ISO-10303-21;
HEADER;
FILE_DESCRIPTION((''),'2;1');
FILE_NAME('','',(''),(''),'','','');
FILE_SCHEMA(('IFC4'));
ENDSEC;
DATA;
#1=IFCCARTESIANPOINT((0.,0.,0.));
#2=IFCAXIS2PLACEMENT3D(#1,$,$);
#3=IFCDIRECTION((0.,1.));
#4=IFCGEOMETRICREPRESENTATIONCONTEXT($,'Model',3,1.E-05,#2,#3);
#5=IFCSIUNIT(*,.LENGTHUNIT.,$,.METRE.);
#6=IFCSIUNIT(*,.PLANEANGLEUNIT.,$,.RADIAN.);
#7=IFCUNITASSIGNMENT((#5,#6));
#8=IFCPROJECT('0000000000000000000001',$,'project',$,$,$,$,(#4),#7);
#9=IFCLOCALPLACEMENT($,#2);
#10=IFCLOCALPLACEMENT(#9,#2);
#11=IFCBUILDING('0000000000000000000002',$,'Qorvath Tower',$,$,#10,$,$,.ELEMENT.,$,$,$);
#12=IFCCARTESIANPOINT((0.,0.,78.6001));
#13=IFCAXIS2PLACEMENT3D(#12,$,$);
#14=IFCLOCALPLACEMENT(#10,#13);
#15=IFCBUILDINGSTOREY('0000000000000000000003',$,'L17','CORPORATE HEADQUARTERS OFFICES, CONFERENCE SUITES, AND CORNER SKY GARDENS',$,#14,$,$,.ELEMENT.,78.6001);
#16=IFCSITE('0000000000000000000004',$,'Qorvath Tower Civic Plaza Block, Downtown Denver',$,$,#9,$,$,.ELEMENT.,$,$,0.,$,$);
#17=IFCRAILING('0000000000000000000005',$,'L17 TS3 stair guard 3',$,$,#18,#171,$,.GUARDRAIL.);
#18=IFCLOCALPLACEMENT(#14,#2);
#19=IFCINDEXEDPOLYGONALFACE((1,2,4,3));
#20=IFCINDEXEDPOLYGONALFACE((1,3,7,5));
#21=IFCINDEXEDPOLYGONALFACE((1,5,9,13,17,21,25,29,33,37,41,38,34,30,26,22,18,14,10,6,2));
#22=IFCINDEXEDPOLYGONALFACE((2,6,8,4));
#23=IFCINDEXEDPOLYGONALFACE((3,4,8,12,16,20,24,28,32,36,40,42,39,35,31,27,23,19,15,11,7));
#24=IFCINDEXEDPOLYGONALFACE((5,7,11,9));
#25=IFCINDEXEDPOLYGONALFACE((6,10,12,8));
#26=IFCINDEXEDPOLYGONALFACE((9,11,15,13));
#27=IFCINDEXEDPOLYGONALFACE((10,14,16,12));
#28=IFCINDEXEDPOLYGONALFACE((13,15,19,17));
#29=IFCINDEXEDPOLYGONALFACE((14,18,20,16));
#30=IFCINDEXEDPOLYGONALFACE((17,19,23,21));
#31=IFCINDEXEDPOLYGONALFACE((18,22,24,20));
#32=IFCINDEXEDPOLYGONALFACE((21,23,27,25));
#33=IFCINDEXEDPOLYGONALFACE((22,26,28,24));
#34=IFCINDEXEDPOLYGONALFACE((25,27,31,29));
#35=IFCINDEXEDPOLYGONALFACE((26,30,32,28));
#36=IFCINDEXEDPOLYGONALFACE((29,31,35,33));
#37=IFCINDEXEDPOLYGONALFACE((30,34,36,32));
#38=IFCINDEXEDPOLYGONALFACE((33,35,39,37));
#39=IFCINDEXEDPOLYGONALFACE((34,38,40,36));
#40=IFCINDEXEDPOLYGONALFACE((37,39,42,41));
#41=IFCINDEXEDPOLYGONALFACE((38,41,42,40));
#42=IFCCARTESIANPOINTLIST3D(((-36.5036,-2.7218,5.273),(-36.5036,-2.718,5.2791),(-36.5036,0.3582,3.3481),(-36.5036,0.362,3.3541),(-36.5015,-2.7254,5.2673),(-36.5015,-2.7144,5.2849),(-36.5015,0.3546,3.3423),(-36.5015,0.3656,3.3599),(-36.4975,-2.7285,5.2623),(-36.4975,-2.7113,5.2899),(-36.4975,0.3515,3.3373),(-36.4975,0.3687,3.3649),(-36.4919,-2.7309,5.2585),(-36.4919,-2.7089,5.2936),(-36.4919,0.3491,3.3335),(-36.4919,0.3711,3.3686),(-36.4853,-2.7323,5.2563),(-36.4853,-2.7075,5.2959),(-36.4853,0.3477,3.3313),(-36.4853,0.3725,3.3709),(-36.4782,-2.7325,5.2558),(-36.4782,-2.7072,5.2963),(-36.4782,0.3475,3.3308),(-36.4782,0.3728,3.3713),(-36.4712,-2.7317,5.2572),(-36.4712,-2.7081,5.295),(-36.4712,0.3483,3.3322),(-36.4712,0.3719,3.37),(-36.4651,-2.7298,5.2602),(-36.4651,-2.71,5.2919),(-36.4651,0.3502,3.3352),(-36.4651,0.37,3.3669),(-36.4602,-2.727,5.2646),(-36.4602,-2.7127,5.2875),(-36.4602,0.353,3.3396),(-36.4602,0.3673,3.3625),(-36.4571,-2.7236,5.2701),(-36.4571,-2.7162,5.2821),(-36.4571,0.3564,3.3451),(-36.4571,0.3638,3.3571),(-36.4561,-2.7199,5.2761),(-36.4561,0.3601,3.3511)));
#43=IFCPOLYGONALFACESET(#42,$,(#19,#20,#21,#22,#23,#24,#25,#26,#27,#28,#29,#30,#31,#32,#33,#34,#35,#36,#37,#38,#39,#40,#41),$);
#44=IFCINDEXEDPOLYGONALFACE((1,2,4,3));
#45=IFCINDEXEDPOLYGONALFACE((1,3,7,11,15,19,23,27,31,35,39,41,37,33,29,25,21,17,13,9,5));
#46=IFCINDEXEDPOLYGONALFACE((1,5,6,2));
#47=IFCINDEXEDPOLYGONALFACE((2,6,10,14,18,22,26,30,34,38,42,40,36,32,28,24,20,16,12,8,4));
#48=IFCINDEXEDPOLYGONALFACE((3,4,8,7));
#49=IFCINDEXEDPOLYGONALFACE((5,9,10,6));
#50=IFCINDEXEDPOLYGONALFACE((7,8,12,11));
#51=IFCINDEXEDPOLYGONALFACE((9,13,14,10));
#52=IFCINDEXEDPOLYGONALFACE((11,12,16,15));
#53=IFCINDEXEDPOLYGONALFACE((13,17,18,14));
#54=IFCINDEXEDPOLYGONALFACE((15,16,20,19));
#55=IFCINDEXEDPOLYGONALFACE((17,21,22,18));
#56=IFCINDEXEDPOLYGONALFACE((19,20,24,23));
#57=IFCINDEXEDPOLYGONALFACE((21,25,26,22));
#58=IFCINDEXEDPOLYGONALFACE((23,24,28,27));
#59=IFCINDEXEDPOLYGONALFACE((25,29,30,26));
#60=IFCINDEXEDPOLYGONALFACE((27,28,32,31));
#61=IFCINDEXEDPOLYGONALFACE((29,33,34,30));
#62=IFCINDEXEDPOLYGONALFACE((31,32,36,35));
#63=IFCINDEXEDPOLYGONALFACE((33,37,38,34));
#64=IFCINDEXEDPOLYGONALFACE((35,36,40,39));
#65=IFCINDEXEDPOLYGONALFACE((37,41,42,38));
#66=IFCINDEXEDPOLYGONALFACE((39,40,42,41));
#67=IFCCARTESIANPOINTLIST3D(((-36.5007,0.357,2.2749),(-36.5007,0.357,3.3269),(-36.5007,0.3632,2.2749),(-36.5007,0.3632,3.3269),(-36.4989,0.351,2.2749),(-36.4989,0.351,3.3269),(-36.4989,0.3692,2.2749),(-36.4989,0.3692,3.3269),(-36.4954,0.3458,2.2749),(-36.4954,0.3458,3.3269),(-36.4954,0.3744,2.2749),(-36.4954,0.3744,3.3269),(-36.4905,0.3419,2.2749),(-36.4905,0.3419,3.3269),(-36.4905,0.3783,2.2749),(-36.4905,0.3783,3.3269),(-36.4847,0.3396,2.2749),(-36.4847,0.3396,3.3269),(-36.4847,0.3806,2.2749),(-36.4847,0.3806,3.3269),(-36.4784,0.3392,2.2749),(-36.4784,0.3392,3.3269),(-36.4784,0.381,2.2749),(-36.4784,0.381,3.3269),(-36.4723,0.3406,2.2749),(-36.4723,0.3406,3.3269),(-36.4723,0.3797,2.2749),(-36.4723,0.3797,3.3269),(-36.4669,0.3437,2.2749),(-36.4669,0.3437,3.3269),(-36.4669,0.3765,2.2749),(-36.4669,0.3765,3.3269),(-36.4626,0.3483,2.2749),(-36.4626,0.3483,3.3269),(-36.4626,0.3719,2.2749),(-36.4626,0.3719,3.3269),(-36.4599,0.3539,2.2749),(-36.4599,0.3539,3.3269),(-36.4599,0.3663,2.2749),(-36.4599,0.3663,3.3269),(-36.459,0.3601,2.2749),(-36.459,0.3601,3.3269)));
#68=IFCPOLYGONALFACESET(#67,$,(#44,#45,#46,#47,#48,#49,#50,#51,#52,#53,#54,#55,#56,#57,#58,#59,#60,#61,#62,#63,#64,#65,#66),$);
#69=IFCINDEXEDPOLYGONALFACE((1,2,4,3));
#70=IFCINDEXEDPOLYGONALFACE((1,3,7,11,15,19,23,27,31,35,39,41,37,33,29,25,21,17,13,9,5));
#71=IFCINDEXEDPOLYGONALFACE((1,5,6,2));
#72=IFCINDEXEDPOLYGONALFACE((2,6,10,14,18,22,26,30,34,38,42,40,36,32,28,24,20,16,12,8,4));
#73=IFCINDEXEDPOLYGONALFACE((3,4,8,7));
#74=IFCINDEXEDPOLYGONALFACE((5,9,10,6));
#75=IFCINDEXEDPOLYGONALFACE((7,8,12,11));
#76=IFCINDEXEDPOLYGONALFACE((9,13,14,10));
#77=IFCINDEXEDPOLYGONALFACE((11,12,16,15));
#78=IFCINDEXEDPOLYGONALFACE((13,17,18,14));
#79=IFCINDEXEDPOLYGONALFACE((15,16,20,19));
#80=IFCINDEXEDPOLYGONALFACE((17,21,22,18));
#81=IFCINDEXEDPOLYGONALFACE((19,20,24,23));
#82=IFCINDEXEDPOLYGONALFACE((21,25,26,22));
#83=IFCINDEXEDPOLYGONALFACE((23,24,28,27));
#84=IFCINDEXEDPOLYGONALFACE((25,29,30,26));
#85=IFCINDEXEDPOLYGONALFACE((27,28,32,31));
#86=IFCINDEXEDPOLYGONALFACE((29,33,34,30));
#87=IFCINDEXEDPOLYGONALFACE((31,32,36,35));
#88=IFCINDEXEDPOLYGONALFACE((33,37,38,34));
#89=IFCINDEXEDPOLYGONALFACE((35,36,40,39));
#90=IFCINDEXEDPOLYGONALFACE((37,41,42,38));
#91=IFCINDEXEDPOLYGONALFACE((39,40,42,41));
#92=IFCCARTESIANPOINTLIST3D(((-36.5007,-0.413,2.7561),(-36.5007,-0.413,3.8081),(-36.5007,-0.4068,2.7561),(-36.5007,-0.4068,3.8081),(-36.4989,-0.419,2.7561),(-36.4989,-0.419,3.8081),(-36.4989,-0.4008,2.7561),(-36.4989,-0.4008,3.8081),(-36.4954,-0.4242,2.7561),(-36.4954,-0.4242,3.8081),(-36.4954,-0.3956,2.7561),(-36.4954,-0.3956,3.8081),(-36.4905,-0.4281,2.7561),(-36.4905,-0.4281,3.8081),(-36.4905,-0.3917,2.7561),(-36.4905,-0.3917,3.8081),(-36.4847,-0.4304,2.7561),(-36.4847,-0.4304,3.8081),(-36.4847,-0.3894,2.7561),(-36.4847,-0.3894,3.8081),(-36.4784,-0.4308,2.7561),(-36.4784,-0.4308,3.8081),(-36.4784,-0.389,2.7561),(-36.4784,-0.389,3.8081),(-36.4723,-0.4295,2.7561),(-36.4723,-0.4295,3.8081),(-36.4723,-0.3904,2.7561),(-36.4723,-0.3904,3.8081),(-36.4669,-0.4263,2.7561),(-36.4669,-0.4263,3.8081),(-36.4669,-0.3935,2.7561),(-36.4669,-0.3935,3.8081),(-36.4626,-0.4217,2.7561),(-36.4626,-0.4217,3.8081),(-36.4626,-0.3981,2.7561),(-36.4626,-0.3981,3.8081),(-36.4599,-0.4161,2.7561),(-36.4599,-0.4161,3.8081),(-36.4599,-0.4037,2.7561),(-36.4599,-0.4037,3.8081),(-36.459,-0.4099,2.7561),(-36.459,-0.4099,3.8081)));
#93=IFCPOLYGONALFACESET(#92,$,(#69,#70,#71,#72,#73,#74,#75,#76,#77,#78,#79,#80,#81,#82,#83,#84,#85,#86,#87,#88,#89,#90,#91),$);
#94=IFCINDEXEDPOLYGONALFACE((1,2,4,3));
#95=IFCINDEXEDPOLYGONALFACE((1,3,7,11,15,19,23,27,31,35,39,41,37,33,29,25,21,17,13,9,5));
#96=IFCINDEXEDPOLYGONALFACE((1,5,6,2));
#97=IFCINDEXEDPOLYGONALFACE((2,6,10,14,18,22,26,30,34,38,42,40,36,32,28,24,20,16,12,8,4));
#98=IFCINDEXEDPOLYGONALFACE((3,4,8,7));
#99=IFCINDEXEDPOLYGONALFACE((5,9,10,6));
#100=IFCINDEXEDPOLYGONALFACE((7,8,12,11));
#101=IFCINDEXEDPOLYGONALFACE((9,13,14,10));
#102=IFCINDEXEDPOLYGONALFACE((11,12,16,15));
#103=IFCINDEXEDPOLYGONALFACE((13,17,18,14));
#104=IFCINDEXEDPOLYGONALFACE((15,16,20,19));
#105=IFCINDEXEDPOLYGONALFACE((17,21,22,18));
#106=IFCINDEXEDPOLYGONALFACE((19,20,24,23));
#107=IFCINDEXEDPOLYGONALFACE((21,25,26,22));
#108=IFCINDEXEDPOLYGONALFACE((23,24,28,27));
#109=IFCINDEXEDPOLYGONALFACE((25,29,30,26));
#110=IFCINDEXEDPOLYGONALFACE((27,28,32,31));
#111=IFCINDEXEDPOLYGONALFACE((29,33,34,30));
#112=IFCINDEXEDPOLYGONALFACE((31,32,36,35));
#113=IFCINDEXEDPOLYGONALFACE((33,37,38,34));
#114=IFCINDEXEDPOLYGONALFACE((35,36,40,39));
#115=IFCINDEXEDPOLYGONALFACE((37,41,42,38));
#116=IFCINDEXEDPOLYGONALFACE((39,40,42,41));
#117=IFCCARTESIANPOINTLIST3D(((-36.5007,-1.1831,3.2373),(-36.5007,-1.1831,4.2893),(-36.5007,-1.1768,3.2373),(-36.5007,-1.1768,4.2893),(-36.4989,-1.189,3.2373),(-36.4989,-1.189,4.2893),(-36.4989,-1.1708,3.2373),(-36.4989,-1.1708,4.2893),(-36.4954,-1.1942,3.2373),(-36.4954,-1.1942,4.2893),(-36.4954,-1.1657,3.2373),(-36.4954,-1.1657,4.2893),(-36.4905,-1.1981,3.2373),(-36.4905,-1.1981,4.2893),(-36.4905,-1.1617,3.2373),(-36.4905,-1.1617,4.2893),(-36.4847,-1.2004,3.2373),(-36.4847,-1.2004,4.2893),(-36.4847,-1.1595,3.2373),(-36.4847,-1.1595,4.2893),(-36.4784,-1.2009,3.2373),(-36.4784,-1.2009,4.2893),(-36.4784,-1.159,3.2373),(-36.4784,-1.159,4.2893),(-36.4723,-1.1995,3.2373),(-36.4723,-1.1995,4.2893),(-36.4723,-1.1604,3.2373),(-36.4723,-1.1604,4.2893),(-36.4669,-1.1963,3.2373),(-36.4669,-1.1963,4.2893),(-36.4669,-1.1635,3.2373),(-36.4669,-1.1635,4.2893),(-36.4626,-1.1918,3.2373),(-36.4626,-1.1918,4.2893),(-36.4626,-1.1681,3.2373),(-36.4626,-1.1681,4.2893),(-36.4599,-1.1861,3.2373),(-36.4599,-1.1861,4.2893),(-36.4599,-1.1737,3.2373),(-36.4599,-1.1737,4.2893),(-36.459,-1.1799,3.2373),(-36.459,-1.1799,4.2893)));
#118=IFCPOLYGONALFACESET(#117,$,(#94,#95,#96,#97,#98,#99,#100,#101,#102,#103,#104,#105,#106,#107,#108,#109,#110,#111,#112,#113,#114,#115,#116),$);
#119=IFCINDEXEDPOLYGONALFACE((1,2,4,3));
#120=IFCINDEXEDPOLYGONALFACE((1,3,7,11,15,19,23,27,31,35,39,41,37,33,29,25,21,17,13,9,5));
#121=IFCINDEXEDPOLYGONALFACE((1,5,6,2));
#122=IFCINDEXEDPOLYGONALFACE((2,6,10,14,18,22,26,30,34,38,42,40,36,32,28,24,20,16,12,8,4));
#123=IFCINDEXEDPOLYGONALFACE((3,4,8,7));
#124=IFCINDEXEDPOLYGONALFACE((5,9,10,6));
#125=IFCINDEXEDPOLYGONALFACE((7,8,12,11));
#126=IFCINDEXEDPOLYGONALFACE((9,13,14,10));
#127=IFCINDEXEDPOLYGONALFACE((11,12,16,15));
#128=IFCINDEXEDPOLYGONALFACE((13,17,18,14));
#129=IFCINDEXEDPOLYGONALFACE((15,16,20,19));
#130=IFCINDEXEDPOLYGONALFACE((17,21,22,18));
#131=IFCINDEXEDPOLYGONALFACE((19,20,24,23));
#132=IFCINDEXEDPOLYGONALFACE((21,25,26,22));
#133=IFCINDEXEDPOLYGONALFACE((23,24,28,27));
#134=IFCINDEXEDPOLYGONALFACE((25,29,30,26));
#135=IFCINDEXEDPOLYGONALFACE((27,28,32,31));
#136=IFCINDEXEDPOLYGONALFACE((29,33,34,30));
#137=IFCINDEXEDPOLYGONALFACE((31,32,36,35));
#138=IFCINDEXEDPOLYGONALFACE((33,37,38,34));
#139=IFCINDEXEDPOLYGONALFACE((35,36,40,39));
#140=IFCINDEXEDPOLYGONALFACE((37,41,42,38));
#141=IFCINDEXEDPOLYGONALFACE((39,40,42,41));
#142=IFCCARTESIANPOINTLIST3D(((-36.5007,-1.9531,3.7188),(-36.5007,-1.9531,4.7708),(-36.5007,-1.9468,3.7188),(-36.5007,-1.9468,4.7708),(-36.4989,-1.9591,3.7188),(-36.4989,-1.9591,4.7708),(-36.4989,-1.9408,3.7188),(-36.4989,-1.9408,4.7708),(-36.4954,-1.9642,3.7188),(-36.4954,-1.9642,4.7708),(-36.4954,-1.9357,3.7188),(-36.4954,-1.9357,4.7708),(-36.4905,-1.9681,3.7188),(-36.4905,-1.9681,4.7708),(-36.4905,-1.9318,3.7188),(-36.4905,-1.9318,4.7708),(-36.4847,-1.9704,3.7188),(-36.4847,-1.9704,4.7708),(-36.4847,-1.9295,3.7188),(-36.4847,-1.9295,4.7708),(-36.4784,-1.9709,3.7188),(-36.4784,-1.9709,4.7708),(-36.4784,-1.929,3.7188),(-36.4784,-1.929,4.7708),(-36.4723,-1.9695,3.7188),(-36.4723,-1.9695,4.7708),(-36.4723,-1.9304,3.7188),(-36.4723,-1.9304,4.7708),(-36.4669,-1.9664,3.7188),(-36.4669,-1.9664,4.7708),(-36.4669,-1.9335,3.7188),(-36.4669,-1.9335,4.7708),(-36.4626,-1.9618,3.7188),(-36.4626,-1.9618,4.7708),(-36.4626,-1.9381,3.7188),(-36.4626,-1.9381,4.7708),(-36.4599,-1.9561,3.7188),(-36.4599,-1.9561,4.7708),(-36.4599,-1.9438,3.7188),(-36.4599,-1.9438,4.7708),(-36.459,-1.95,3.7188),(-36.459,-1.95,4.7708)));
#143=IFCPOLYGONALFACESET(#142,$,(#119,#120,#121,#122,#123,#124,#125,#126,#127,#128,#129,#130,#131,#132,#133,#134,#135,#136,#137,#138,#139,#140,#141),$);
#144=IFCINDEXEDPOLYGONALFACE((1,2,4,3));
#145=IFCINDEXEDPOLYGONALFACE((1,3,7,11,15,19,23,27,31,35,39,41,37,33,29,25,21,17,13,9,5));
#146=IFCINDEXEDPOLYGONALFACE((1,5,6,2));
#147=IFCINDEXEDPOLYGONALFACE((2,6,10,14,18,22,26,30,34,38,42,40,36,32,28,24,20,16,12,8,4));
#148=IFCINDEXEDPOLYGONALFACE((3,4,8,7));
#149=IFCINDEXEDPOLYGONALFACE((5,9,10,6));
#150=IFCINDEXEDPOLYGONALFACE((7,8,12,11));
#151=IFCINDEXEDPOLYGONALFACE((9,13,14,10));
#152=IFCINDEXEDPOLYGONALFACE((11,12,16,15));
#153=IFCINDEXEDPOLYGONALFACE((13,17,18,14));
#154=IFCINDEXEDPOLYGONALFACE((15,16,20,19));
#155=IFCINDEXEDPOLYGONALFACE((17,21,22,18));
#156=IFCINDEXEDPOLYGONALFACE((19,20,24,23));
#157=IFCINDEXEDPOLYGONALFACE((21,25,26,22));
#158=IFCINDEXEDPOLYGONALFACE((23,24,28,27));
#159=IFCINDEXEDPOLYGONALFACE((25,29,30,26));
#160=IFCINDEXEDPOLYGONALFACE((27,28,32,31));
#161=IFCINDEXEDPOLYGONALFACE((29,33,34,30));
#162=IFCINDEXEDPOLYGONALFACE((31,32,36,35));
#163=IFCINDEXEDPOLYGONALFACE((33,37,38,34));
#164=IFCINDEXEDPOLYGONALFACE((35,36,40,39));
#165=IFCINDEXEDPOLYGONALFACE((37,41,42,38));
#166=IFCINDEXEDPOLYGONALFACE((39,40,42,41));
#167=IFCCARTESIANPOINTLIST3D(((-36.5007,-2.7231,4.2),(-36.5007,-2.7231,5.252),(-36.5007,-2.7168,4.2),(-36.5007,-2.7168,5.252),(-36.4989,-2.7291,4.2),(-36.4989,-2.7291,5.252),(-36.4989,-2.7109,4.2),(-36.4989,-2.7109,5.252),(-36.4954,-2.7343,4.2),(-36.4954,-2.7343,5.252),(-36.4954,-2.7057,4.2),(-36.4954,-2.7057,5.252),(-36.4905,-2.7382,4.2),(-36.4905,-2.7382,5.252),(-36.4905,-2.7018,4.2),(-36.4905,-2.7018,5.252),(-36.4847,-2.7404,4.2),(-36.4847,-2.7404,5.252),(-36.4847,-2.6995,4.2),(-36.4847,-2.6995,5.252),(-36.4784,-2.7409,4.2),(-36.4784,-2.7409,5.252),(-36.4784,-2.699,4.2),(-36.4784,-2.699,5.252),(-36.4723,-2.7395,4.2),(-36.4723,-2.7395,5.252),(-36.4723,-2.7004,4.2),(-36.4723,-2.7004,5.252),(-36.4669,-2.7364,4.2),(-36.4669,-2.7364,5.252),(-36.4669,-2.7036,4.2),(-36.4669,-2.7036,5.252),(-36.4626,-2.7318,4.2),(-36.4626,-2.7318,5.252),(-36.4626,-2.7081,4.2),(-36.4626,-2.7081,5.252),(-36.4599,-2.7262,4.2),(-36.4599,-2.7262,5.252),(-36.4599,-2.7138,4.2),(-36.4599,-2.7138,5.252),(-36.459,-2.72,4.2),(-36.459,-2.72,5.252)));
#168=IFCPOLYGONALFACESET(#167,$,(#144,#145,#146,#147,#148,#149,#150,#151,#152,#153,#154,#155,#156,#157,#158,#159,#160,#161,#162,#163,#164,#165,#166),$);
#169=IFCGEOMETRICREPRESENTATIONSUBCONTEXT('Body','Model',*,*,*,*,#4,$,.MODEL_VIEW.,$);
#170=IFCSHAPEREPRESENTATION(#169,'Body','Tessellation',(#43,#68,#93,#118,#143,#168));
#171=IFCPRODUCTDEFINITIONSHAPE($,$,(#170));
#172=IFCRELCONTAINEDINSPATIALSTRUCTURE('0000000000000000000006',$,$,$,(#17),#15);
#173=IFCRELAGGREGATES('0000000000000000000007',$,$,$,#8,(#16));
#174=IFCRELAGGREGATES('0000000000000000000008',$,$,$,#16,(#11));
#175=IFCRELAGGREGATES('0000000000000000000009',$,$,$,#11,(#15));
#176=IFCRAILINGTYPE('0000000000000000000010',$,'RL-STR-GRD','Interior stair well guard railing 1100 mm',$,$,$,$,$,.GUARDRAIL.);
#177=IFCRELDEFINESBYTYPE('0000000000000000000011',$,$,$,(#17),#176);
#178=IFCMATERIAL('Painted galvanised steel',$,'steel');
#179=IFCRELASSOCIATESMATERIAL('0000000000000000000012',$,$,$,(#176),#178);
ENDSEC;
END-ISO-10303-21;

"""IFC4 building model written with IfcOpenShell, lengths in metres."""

from ifc_helpers import new_model, si_unit, direction, frame, origin, origin_2d, place, context, subcontext, project, spatial, circle, extrude, material, type_object, element, save


model = new_model("IFC4")

# Units and contexts
model_context = context("Model", 3, precision=1e-05, world=origin(), true_north=direction((0.0, 1.0)))
body_context = subcontext(model_context, "Body", "Model", "MODEL_VIEW")
ifc_project = project(units=[si_unit("LENGTHUNIT", "METRE"), si_unit("PLANEANGLEUNIT", "RADIAN")], contexts=[model_context])

# Site, building, storey
site_placement = place(None, origin())
site = spatial("IfcSite", under=ifc_project, at=site_placement, Name="Qorvath Tower Civic Plaza Block, Downtown Denver", CompositionType="ELEMENT", RefElevation=0.0)
building_placement = place(site_placement, origin())
building = spatial("IfcBuilding", under=site, at=building_placement, Name="Qorvath Tower", CompositionType="ELEMENT")
storey_placement = place(building_placement, frame((0.0, 0.0, 78.6001)))
storey = spatial("IfcBuildingStorey", under=building, at=storey_placement, Name="L17", Description="CORPORATE HEADQUARTERS OFFICES, CONFERENCE SUITES, AND CORNER SKY GARDENS", CompositionType="ELEMENT", Elevation=78.6001)

# Railing
ifc_material_1 = material(Name="Painted galvanised steel", Category="steel")
railing_type_1 = type_object("IfcRailingType", Name="RL-STR-GRD", Description="Interior stair well guard railing 1100 mm", PredefinedType="GUARDRAIL", material=ifc_material_1)
railing_1_placement = place(storey_placement, frame((-36.48, 0.3601, 2.2749)))
element("IfcRailing", 1, at=railing_1_placement, inside=storey, type_object=railing_type_1, Name="L17 TS3 stair guard 3", PredefinedType="GUARDRAIL", context=body_context, shape_type="SweptSolid", body=[
    extrude(circle(Radius=0.0239, at=origin_2d()), frame((0.0, 0.0, 1.0762), z_axis=(0.0, -0.847998, 0.529999), x_axis=(1.0, 0.0, 0.0)), (0.0, 0.0, 1.0), 3.6321),
    extrude(circle(Radius=0.021, at=origin_2d()), origin(), (0.0, 0.0, 1.0), 1.052),
    extrude(circle(Radius=0.021, at=origin_2d()), frame((0.0, -0.77, 0.4812)), (0.0, 0.0, 1.0), 1.052),
    extrude(circle(Radius=0.021, at=origin_2d()), frame((0.0, -1.54, 0.9624)), (0.0, 0.0, 1.0), 1.052),
    extrude(circle(Radius=0.021, at=origin_2d()), frame((0.0, -2.3101, 1.4438)), (0.0, 0.0, 1.0), 1.052),
    extrude(circle(Radius=0.021, at=origin_2d()), frame((0.0, -3.0801, 1.925)), (0.0, 0.0, 1.0), 1.052),
])

save(model, "model.ifc")
